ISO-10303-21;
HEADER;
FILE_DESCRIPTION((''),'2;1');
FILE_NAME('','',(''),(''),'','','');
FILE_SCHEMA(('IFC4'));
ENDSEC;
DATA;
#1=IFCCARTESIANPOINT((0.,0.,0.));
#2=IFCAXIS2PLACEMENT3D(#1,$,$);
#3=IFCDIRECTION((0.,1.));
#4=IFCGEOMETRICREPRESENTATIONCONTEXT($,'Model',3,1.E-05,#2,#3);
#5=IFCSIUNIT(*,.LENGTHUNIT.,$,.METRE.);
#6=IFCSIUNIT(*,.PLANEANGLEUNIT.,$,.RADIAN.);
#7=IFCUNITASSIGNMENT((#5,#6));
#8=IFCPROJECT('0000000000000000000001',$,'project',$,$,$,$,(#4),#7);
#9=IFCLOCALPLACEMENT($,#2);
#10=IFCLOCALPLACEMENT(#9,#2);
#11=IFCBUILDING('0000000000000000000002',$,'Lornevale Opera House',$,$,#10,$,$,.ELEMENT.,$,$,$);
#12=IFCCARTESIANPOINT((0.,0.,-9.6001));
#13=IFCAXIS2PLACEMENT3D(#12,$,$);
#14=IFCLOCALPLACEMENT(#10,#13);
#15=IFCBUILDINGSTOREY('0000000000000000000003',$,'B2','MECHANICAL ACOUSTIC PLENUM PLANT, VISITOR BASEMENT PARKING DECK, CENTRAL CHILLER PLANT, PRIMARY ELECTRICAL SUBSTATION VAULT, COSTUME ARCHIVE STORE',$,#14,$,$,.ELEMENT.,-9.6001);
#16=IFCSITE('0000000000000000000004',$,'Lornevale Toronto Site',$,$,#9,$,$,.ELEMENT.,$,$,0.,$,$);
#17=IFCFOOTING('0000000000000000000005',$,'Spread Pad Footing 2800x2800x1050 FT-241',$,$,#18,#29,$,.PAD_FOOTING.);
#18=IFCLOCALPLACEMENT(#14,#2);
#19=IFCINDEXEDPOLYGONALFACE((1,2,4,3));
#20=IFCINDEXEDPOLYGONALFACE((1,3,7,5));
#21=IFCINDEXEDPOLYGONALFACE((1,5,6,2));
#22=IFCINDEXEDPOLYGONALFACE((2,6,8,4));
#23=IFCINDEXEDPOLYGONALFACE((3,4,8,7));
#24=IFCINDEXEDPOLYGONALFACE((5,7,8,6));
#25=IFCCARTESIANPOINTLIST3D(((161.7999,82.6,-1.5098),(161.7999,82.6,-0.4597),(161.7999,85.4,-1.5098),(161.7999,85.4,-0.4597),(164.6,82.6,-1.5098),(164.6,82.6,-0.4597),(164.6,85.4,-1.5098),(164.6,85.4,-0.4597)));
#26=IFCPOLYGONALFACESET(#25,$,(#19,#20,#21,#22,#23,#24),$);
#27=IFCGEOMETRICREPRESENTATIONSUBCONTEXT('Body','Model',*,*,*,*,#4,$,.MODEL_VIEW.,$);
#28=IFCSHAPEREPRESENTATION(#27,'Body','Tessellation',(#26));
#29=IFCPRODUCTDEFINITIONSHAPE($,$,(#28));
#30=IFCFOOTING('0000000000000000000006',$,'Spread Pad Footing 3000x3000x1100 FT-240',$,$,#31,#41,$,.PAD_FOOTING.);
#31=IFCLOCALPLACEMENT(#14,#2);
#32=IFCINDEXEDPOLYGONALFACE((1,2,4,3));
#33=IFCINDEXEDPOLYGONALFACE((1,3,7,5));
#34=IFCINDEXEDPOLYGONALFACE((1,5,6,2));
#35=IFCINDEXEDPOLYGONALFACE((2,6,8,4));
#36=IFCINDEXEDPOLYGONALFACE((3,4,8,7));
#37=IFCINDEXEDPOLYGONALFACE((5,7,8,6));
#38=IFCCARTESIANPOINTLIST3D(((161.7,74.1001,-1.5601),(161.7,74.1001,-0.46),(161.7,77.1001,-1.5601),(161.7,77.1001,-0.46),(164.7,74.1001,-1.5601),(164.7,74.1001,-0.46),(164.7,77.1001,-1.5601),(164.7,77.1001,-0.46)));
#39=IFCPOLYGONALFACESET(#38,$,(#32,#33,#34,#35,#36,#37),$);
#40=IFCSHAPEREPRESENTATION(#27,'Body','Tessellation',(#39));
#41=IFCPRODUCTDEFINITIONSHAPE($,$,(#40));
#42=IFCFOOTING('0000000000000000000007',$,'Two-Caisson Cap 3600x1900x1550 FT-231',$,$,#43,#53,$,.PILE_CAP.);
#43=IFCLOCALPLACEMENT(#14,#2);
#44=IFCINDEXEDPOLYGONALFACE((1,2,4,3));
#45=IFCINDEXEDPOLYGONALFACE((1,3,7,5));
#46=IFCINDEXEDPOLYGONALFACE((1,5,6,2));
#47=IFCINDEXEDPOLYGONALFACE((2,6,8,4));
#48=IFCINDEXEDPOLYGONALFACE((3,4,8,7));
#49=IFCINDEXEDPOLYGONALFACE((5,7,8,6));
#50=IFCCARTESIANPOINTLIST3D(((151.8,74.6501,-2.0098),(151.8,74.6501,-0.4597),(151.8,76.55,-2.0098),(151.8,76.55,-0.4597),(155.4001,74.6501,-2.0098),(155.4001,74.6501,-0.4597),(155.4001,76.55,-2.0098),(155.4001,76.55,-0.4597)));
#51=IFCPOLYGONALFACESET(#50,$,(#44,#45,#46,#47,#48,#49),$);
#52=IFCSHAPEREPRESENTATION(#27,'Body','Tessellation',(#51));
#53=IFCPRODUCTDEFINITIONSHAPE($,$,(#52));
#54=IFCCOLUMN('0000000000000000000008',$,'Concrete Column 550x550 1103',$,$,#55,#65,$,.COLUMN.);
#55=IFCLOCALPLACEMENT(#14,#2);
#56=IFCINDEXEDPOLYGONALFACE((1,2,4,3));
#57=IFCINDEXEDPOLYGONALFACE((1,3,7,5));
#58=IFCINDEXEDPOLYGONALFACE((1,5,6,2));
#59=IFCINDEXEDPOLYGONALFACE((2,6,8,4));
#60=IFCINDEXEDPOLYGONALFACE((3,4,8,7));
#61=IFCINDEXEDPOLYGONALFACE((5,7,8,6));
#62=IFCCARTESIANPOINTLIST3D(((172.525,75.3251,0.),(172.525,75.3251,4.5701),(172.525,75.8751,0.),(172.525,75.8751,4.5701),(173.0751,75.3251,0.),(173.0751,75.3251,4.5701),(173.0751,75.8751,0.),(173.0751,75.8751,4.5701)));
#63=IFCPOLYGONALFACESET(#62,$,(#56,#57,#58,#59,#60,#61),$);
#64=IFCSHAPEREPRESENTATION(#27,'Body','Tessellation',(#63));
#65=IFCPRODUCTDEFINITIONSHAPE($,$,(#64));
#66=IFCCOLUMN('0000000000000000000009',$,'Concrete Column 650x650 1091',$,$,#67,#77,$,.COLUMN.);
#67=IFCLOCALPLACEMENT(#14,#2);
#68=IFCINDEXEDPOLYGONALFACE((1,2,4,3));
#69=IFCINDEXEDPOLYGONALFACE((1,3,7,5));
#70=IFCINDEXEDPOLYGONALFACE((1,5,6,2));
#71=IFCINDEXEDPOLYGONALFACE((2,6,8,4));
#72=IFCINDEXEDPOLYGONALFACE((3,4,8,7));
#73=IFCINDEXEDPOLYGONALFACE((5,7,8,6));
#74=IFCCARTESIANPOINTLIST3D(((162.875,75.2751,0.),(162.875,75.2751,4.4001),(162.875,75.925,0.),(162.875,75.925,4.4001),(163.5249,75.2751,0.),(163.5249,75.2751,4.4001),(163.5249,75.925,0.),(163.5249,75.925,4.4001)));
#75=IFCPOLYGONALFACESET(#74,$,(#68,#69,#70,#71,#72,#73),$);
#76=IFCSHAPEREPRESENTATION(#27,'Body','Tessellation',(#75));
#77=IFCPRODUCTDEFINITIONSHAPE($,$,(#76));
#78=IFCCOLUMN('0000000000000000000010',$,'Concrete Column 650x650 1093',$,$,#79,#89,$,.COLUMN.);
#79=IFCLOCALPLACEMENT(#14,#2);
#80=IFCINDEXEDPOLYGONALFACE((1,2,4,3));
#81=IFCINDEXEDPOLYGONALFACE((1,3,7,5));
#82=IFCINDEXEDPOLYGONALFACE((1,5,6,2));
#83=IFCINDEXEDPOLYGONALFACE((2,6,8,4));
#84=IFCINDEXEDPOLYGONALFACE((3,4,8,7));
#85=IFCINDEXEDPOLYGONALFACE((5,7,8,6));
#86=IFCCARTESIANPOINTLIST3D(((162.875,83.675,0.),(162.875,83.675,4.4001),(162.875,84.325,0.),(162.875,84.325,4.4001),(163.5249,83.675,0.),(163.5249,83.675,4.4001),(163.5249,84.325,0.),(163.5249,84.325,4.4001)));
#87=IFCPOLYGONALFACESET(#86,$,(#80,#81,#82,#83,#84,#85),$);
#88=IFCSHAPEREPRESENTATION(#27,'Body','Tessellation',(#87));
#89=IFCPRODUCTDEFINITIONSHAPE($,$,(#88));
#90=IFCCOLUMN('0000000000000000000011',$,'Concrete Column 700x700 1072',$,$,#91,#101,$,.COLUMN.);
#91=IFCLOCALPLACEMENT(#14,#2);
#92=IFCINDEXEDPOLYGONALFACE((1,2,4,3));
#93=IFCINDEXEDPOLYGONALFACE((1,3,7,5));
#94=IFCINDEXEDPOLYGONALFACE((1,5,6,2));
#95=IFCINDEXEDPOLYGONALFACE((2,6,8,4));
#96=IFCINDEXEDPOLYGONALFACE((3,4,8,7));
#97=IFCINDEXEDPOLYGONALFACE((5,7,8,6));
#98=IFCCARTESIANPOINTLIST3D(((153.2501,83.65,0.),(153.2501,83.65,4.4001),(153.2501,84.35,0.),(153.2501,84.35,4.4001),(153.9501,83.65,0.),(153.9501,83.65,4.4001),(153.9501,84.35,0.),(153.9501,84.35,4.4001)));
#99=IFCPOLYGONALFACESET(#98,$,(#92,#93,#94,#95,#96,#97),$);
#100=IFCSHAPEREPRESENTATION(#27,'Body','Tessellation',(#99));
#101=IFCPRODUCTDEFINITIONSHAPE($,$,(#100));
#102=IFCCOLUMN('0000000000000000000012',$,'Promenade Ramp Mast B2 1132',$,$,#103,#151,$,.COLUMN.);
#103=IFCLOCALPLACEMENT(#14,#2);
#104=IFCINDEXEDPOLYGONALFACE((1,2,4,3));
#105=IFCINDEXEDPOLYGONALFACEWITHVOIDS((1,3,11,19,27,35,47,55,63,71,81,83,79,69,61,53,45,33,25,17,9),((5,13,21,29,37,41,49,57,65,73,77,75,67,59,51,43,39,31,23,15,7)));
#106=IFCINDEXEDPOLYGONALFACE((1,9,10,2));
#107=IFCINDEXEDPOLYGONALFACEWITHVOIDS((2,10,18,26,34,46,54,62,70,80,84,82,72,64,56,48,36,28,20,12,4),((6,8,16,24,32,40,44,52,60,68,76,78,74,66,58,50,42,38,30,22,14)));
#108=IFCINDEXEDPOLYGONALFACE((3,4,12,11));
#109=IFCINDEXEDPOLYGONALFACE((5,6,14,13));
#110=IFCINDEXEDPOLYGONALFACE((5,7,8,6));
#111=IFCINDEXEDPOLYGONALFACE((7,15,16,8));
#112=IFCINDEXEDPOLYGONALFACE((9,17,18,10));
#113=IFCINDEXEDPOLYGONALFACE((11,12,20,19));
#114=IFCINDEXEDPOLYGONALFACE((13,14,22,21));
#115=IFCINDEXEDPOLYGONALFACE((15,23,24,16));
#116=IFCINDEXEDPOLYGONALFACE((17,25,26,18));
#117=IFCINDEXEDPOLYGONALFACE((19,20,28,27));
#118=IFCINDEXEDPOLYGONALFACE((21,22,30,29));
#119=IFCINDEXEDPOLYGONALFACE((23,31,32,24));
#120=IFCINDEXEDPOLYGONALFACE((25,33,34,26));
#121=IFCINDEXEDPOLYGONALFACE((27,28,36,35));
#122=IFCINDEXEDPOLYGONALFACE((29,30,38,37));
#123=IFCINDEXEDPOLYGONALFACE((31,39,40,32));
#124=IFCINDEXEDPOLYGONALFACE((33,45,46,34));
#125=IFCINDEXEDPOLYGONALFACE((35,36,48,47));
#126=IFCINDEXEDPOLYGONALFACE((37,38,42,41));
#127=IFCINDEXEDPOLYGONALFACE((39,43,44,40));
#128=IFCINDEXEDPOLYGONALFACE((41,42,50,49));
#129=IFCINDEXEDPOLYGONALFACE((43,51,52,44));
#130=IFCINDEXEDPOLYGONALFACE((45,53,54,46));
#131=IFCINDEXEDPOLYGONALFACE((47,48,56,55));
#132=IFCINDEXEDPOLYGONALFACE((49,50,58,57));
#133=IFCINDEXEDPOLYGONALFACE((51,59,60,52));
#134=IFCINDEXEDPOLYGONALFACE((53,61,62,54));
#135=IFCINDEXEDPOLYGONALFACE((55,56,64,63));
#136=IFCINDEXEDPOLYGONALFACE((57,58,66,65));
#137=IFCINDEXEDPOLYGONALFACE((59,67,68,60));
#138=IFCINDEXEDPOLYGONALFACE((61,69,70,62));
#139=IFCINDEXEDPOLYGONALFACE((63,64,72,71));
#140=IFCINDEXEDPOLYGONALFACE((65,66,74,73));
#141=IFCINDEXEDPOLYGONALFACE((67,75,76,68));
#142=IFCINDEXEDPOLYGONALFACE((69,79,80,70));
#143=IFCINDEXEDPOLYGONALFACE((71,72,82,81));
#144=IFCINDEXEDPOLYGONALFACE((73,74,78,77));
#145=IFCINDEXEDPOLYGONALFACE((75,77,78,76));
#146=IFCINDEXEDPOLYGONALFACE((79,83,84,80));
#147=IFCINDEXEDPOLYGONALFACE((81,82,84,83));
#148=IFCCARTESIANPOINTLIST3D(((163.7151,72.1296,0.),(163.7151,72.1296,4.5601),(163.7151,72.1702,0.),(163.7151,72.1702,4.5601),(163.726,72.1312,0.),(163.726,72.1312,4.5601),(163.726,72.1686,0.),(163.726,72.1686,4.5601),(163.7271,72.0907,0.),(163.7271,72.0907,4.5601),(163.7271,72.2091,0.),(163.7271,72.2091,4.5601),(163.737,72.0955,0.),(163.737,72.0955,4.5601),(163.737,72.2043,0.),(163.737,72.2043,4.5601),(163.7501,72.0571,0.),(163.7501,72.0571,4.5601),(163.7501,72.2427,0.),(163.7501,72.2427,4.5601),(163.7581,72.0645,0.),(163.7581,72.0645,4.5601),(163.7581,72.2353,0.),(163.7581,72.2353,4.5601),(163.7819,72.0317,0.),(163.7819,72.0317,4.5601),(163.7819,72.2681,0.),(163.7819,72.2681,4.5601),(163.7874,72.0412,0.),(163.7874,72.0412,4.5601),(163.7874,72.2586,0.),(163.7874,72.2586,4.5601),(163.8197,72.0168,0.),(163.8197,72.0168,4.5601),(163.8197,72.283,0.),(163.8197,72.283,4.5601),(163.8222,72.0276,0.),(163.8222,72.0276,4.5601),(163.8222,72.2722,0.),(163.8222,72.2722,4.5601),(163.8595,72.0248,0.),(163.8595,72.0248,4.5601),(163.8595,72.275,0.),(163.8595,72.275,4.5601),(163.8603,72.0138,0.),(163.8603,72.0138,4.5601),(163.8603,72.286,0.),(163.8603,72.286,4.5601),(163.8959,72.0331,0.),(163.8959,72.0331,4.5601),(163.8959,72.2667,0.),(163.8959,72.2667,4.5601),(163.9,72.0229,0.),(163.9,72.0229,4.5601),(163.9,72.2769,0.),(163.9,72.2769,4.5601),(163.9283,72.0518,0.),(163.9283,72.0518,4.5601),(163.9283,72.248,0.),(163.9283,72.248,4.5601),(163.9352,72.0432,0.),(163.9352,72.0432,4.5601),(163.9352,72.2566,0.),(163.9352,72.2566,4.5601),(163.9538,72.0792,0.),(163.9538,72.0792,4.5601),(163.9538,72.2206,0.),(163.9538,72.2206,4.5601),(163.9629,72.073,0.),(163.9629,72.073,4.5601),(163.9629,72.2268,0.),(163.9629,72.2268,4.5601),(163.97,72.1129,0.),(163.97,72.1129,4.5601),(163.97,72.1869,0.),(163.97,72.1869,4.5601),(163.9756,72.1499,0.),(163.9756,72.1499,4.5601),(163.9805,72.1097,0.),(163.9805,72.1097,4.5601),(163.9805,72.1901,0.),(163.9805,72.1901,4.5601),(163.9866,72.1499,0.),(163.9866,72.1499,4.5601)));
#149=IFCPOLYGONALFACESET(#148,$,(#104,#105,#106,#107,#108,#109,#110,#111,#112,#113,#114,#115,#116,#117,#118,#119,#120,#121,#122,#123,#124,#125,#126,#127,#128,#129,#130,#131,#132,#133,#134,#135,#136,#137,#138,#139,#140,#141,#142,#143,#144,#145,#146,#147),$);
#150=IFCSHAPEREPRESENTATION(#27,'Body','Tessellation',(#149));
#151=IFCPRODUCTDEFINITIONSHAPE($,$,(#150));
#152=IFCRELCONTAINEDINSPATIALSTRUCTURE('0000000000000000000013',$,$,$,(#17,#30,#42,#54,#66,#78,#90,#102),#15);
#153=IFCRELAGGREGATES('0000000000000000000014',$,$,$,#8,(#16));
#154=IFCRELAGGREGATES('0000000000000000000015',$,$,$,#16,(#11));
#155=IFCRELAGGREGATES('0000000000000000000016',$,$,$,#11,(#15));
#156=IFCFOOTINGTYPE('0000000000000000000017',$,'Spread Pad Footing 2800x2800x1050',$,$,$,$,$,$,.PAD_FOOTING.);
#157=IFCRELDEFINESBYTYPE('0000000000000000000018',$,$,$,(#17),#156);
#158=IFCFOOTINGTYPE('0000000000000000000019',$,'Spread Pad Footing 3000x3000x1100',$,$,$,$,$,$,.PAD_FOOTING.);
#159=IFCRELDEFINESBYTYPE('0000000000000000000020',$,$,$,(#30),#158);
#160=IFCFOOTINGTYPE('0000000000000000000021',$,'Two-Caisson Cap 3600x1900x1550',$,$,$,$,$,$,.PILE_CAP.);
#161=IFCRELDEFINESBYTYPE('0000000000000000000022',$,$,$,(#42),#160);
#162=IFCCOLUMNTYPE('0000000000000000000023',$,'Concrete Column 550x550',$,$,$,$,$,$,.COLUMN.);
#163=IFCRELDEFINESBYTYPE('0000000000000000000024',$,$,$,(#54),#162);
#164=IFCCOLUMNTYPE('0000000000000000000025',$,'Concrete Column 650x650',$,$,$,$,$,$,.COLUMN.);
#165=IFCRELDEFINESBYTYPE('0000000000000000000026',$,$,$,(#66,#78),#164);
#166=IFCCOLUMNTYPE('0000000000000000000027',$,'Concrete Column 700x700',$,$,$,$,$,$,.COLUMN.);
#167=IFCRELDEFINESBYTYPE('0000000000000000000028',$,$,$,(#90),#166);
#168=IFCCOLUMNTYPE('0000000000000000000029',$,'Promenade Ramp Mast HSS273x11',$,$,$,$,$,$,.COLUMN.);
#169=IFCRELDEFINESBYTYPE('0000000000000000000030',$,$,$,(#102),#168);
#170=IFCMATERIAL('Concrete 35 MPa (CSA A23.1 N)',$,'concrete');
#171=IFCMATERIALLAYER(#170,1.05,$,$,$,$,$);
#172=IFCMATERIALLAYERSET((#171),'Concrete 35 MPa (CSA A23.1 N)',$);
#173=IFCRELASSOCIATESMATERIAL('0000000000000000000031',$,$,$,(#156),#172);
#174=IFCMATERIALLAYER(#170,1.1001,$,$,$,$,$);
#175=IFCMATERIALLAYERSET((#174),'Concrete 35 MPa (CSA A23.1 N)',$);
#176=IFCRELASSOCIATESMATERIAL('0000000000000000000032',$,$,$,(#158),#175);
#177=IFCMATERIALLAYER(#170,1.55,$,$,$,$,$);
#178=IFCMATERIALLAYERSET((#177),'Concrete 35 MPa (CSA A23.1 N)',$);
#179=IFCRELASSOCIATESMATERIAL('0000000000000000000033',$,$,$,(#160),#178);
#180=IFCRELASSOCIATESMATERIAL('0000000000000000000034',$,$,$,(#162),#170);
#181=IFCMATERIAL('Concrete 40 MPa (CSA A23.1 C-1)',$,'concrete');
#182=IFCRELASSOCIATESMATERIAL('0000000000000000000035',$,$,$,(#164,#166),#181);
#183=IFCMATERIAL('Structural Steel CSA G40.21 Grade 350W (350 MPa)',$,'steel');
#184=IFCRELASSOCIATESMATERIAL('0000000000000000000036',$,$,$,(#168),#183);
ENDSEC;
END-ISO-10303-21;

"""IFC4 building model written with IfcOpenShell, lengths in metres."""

from ifc_helpers import new_model, si_unit, direction, frame, origin, origin_2d, place, context, subcontext, project, spatial, rectangle, hollow_circle, extrude, material, layer, layer_set, material_profile, profile_set, type_object, element, save


model = new_model("IFC4")

# Units and contexts
model_context = context("Model", 3, precision=1e-05, world=origin(), true_north=direction((0.0, 1.0)))
body_context = subcontext(model_context, "Body", "Model", "MODEL_VIEW")
ifc_project = project(units=[si_unit("LENGTHUNIT", "METRE"), si_unit("PLANEANGLEUNIT", "RADIAN")], contexts=[model_context])

# Site, building, storey
site_placement = place(None, origin())
site = spatial("IfcSite", under=ifc_project, at=site_placement, Name="Lornevale Toronto Site", CompositionType="ELEMENT", RefElevation=0.0)
building_placement = place(site_placement, origin())
building = spatial("IfcBuilding", under=site, at=building_placement, Name="Lornevale Opera House", CompositionType="ELEMENT")
storey_placement = place(building_placement, frame((0.0, 0.0, -9.6001)))
storey = spatial("IfcBuildingStorey", under=building, at=storey_placement, Name="B2", Description="MECHANICAL ACOUSTIC PLENUM PLANT, VISITOR BASEMENT PARKING DECK, CENTRAL CHILLER PLANT, PRIMARY ELECTRICAL SUBSTATION VAULT, COSTUME ARCHIVE STORE", CompositionType="ELEMENT", Elevation=-9.6001)

# Shared definitions
ifc_material_1 = material(Name="Concrete 35 MPa (CSA A23.1 N)", Category="concrete")

# Shared definitions
ifc_material_2 = material(Name="Concrete 40 MPa (CSA A23.1 C-1)", Category="concrete")

# Footings
ifc_layer_1 = layer(ifc_material_1, 1.05)
ifc_layer_set_1 = layer_set([ifc_layer_1], Name="Concrete 35 MPa (CSA A23.1 N)")
footing_type_1 = type_object("IfcFootingType", Name="Spread Pad Footing 2800x2800x1050", PredefinedType="PAD_FOOTING", material=ifc_layer_set_1)
footing_1_placement = place(storey_placement, frame((163.2, 84.0, -1.5098), z_axis=(0.0, 0.0, 1.0), x_axis=(1.0, 0.0, 0.0)))
element("IfcFooting", 1, at=footing_1_placement, inside=storey, type_object=footing_type_1, Name="Spread Pad Footing 2800x2800x1050 FT-241", PredefinedType="PAD_FOOTING", context=body_context, shape_type="SweptSolid", body=[
    extrude(rectangle(XDim=2.8, YDim=2.8, at=origin_2d()), origin(), (0.0, 0.0, 1.0), 1.05),
])
ifc_layer_2 = layer(ifc_material_1, 1.1001)
ifc_layer_set_2 = layer_set([ifc_layer_2], Name="Concrete 35 MPa (CSA A23.1 N)")
footing_type_2 = type_object("IfcFootingType", Name="Spread Pad Footing 3000x3000x1100", PredefinedType="PAD_FOOTING", material=ifc_layer_set_2)
footing_2_placement = place(storey_placement, frame((163.2, 75.6001, -1.5601), z_axis=(0.0, 0.0, 1.0), x_axis=(1.0, 0.0, 0.0)))
element("IfcFooting", 2, at=footing_2_placement, inside=storey, type_object=footing_type_2, Name="Spread Pad Footing 3000x3000x1100 FT-240", PredefinedType="PAD_FOOTING", context=body_context, shape_type="SweptSolid", body=[
    extrude(rectangle(XDim=3.0, YDim=3.0, at=origin_2d()), origin(), (0.0, 0.0, 1.0), 1.1001),
])
ifc_layer_3 = layer(ifc_material_1, 1.55)
ifc_layer_set_3 = layer_set([ifc_layer_3], Name="Concrete 35 MPa (CSA A23.1 N)")
footing_type_3 = type_object("IfcFootingType", Name="Two-Caisson Cap 3600x1900x1550", PredefinedType="PILE_CAP", material=ifc_layer_set_3)
footing_3_placement = place(storey_placement, frame((153.6001, 75.6001, -2.0098), z_axis=(0.0, 0.0, 1.0), x_axis=(1.0, 0.0, 0.0)))
element("IfcFooting", 3, at=footing_3_placement, inside=storey, type_object=footing_type_3, Name="Two-Caisson Cap 3600x1900x1550 FT-231", PredefinedType="PILE_CAP", context=body_context, shape_type="SweptSolid", body=[
    extrude(rectangle(XDim=3.6001, YDim=1.8999, at=origin_2d()), origin(), (0.0, 0.0, 1.0), 1.55),
])

# Columns
ifc_material_profile_1 = material_profile(ifc_material_1, rectangle(XDim=0.55, YDim=0.55, at=origin_2d()), Name="RC550x550")
ifc_profile_set_1 = profile_set([ifc_material_profile_1], Name="Concrete 35 MPa (CSA A23.1 N)")
column_type_1 = type_object("IfcColumnType", Name="Concrete Column 550x550", PredefinedType="COLUMN", material=ifc_profile_set_1)
column_1_placement = place(storey_placement, frame((172.8, 75.6001, 0.0), z_axis=(0.0, 0.0, 1.0), x_axis=(1.0, 0.0, 0.0)))
element("IfcColumn", 4, at=column_1_placement, inside=storey, type_object=column_type_1, Name="Concrete Column 550x550 1103", PredefinedType="COLUMN", context=body_context, shape_type="SweptSolid", body=[
    extrude(rectangle(XDim=0.55, YDim=0.55, at=origin_2d()), origin(), (0.0, 0.0, 1.0), 4.5701),
])
ifc_material_profile_2 = material_profile(ifc_material_2, rectangle(XDim=0.6499, YDim=0.6499, at=origin_2d()), Name="RC650x650")
ifc_profile_set_2 = profile_set([ifc_material_profile_2], Name="Concrete 40 MPa (CSA A23.1 C-1)")
column_type_2 = type_object("IfcColumnType", Name="Concrete Column 650x650", PredefinedType="COLUMN", material=ifc_profile_set_2)
for number, where, z_axis, x_axis, name in (
    (5, (163.2, 75.6001, 0.0), (0.0, 0.0, 1.0), (1.0, 0.0, 0.0), "Concrete Column 650x650 1091"),
    (6, (163.2, 84.0, 0.0), (0.0, 0.0, 1.0), (1.0, 0.0, 0.0), "Concrete Column 650x650 1093"),
):
    element("IfcColumn", number, at=place(storey_placement, frame(where, z_axis=z_axis, x_axis=x_axis)), inside=storey, type_object=column_type_2, Name=name, PredefinedType="COLUMN", context=body_context, shape_type="SweptSolid", body=[
        extrude(rectangle(XDim=0.6499, YDim=0.6499, at=origin_2d()), origin(), (0.0, 0.0, 1.0), 4.4001),
    ])
ifc_material_profile_3 = material_profile(ifc_material_2, rectangle(XDim=0.7, YDim=0.7, at=origin_2d()), Name="RC700x700")
ifc_profile_set_3 = profile_set([ifc_material_profile_3], Name="Concrete 40 MPa (CSA A23.1 C-1)")
column_type_3 = type_object("IfcColumnType", Name="Concrete Column 700x700", PredefinedType="COLUMN", material=ifc_profile_set_3)
column_2_placement = place(storey_placement, frame((153.6001, 84.0, 0.0), z_axis=(0.0, 0.0, 1.0), x_axis=(1.0, 0.0, 0.0)))
element("IfcColumn", 7, at=column_2_placement, inside=storey, type_object=column_type_3, Name="Concrete Column 700x700 1072", PredefinedType="COLUMN", context=body_context, shape_type="SweptSolid", body=[
    extrude(rectangle(XDim=0.7, YDim=0.7, at=origin_2d()), origin(), (0.0, 0.0, 1.0), 4.4001),
])
ifc_material_3 = material(Name="Structural Steel CSA G40.21 Grade 350W (350 MPa)", Category="steel")
ifc_material_profile_4 = material_profile(ifc_material_3, hollow_circle(Radius=0.1365, WallThickness=0.011, at=origin_2d()), Name="HSS273x11")
ifc_profile_set_4 = profile_set([ifc_material_profile_4], Name="Structural Steel CSA G40.21 Grade 350W (350 MPa)")
column_type_4 = type_object("IfcColumnType", Name="Promenade Ramp Mast HSS273x11", PredefinedType="COLUMN", material=ifc_profile_set_4)
for number, where, z_axis, x_axis, name in (
    (8, (163.8501, 72.1499, 0.0), (0.0, 0.0, 1.0), (1.0, 0.0, 0.0), "Promenade Ramp Mast B2 1132"),
):
    element("IfcColumn", number, at=place(storey_placement, frame(where, z_axis=z_axis, x_axis=x_axis)), inside=storey, type_object=column_type_4, Name=name, PredefinedType="COLUMN", context=body_context, shape_type="SweptSolid", body=[
        extrude(hollow_circle(Radius=0.1365, WallThickness=0.011, at=origin_2d()), origin(), (0.0, 0.0, 1.0), 4.5601),
    ])

save(model, "model.ifc")
